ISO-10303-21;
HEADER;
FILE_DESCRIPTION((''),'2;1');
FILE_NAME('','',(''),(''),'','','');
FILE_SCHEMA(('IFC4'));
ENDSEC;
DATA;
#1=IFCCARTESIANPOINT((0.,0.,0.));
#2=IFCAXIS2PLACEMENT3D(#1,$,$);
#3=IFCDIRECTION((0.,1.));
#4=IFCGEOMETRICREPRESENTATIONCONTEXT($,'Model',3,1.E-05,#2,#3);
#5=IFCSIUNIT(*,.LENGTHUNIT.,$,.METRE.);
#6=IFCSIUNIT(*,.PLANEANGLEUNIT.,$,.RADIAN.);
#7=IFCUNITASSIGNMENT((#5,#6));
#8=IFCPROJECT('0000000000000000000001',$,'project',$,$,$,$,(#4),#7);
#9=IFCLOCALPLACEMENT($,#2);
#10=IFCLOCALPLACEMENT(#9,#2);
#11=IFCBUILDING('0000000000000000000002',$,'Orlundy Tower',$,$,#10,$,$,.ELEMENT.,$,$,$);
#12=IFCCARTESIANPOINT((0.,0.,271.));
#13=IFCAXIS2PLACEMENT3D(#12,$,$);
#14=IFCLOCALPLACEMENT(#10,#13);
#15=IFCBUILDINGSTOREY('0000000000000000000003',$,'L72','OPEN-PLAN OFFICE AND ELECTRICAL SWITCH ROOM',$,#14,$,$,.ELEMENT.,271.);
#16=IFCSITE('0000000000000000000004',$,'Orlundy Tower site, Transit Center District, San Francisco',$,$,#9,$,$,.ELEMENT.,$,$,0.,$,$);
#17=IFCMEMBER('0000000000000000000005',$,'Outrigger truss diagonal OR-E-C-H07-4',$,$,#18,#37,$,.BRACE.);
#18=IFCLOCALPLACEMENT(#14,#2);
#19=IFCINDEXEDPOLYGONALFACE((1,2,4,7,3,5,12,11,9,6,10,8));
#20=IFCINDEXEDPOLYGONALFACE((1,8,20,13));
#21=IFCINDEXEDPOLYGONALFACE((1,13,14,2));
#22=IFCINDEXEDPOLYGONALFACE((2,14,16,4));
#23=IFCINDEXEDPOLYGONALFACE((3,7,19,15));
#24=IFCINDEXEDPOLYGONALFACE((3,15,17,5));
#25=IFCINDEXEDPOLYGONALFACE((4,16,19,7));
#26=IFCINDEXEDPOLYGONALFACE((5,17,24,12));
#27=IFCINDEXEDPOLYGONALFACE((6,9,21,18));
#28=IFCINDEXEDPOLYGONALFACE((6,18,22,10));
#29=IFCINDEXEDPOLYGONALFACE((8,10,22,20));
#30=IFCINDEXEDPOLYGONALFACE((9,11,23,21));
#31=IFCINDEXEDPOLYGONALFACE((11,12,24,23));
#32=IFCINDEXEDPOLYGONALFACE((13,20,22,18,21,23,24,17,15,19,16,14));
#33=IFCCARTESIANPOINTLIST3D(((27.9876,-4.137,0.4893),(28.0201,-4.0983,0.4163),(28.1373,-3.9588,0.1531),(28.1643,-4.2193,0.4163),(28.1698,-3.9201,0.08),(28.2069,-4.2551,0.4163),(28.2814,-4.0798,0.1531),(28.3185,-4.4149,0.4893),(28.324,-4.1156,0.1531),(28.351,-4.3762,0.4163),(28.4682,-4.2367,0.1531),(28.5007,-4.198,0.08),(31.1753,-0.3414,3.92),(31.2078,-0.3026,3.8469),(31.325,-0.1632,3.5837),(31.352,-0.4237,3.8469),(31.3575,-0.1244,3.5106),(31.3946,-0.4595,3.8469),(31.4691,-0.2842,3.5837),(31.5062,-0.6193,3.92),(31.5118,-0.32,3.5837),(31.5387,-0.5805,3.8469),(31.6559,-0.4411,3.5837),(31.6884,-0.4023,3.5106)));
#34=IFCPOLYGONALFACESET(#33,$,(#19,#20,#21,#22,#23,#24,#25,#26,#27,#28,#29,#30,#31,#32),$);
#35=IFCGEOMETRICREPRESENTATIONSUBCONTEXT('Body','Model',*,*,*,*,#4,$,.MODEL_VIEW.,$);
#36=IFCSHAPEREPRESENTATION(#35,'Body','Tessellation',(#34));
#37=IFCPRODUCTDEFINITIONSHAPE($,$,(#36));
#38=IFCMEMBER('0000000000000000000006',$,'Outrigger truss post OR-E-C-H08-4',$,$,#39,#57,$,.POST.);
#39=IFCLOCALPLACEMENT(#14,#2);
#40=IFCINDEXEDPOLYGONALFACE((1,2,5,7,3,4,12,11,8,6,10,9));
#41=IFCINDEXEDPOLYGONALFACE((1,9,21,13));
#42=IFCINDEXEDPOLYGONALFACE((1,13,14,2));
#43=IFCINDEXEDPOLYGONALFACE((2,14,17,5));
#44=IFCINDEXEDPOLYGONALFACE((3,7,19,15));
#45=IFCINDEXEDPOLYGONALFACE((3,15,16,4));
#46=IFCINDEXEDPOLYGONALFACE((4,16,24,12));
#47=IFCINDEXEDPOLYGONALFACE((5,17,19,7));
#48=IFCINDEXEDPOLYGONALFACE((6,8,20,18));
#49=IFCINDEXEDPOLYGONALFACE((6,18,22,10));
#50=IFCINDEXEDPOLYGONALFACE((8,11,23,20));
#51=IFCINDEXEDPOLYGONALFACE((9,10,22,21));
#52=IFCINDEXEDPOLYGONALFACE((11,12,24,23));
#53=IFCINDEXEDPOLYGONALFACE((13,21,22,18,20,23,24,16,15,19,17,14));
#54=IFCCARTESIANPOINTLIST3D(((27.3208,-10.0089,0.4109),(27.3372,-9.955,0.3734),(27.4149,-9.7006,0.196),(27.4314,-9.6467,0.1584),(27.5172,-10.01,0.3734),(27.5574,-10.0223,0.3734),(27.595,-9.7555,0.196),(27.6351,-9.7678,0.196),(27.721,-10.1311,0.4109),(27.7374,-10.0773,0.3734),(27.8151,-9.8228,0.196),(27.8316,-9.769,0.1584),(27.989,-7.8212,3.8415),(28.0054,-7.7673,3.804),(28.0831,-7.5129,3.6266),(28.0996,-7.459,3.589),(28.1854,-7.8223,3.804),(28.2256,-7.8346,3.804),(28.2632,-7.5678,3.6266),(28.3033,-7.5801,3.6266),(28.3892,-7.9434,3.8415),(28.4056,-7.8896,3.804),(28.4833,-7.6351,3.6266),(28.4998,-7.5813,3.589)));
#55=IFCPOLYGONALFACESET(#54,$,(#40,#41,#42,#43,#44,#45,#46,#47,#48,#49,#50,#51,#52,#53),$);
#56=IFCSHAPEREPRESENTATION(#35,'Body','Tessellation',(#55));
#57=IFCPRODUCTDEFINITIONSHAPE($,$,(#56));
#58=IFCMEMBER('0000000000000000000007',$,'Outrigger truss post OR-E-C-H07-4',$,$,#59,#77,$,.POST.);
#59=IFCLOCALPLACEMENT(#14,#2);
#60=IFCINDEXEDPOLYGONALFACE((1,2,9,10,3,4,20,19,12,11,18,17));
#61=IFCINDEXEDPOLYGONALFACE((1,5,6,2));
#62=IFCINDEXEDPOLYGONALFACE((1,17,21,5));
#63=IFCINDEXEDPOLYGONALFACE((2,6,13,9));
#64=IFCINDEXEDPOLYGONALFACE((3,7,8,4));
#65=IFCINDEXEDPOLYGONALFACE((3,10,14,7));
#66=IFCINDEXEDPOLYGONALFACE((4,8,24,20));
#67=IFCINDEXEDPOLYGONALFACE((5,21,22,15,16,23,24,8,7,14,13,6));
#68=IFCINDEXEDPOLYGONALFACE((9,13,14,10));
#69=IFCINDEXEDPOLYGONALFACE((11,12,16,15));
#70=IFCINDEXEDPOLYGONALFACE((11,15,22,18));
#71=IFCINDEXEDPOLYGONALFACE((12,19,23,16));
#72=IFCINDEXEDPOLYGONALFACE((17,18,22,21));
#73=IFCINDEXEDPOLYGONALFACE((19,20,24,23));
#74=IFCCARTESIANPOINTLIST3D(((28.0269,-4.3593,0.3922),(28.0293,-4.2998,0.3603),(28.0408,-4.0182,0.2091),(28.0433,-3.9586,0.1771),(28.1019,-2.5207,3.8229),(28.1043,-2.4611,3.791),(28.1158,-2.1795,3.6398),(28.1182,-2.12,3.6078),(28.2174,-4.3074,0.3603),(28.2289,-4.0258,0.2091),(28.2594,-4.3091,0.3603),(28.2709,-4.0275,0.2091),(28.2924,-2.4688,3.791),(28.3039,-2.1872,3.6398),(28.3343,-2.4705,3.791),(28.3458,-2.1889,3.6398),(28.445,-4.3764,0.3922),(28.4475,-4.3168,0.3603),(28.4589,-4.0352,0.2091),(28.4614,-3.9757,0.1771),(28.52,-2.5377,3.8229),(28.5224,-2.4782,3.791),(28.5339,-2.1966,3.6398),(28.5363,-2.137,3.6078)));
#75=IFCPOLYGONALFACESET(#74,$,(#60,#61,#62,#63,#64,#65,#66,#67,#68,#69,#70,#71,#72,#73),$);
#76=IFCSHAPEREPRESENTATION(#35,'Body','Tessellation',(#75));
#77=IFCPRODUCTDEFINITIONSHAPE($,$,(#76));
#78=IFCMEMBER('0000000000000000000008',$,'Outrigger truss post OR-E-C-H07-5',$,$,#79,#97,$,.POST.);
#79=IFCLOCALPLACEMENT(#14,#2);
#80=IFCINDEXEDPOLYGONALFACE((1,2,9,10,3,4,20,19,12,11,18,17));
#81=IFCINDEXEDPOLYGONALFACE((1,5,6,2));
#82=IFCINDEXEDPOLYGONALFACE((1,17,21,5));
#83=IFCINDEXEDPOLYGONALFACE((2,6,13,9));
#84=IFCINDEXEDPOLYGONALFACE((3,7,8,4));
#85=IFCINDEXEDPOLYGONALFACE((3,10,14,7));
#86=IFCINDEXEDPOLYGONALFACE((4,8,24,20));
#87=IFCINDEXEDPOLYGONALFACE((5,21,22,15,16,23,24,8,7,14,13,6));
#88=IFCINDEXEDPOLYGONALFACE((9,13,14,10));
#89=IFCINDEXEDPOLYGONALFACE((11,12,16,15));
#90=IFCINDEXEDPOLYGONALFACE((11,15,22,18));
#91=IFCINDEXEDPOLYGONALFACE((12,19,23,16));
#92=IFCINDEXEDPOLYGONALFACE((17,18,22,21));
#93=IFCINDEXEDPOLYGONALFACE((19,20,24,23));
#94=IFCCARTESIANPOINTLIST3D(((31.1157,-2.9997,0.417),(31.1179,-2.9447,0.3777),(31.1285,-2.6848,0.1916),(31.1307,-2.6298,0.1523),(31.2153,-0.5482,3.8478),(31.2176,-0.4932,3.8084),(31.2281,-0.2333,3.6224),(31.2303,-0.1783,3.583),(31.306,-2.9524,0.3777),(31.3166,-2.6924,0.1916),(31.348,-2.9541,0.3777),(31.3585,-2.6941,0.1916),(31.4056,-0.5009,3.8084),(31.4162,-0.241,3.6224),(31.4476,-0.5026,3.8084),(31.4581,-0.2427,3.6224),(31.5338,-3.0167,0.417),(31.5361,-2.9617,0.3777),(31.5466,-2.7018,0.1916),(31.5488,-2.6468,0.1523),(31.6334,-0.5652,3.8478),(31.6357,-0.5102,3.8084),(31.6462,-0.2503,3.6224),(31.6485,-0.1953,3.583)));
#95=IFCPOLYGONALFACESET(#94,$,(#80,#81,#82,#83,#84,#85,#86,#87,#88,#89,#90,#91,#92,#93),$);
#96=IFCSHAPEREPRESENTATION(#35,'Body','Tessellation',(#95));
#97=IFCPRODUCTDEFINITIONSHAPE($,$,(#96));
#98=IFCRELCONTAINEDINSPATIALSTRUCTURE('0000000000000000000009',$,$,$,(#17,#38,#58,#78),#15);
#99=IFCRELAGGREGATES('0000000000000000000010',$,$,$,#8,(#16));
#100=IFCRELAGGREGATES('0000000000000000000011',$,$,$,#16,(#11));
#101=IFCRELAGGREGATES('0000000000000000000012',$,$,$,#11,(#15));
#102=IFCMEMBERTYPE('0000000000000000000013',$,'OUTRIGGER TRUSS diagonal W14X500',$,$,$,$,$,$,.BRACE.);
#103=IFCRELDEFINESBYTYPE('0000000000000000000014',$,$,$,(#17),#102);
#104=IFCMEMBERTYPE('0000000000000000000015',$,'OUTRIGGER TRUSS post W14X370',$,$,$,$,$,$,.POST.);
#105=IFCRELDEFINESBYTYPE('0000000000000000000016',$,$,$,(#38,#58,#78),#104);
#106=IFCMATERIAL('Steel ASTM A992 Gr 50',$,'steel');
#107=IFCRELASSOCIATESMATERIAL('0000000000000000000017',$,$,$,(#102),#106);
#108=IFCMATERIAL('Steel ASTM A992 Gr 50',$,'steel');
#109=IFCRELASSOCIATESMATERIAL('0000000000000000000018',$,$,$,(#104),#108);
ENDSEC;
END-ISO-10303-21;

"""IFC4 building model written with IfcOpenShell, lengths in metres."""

from ifc_helpers import new_model, si_unit, direction, frame, origin, origin_2d, place, context, subcontext, project, spatial, i_section, extrude, material, material_profile, profile_set, type_object, element, save


model = new_model("IFC4")

# Units and contexts
model_context = context("Model", 3, precision=1e-05, world=origin(), true_north=direction((0.0, 1.0)))
body_context = subcontext(model_context, "Body", "Model", "MODEL_VIEW")
ifc_project = project(units=[si_unit("LENGTHUNIT", "METRE"), si_unit("PLANEANGLEUNIT", "RADIAN")], contexts=[model_context])

# Site, building, storey
site_placement = place(None, origin())
site = spatial("IfcSite", under=ifc_project, at=site_placement, Name="Orlundy Tower site, Transit Center District, San Francisco", CompositionType="ELEMENT", RefElevation=0.0)
building_placement = place(site_placement, origin())
building = spatial("IfcBuilding", under=site, at=building_placement, Name="Orlundy Tower", CompositionType="ELEMENT")
storey_placement = place(building_placement, frame((0.0, 0.0, 271.0)))
storey = spatial("IfcBuildingStorey", under=building, at=storey_placement, Name="L72", Description="OPEN-PLAN OFFICE AND ELECTRICAL SWITCH ROOM", CompositionType="ELEMENT", Elevation=271.0)

# Members
ifc_material_1 = material(Name="Steel ASTM A992 Gr 50", Category="steel")
ifc_material_profile_1 = material_profile(ifc_material_1, i_section(OverallWidth=0.4321, OverallDepth=0.4978, WebThickness=0.0557, FlangeThickness=0.0889, at=origin_2d()), Name="W14X500")
ifc_profile_set_1 = profile_set([ifc_material_profile_1], Name="Steel ASTM A992 Gr 50")
member_type_1 = type_object("IfcMemberType", Name="OUTRIGGER TRUSS diagonal W14X500", PredefinedType="BRACE", material=ifc_profile_set_1)
member_1_placement = place(storey_placement, frame((28.2441, -4.1675, 0.2847), z_axis=(0.528813, 0.629659, 0.569111), x_axis=(-0.765765, 0.64312, 0.0)))
element("IfcMember", 1, at=member_1_placement, inside=storey, type_object=member_type_1, Name="Outrigger truss diagonal OR-E-C-H07-4", PredefinedType="BRACE", context=body_context, shape_type="SweptSolid", body=[
    extrude(i_section(OverallWidth=0.4321, OverallDepth=0.4978, WebThickness=0.0557, FlangeThickness=0.0889, at=origin_2d()), origin(), (0.0, 0.0, 1.0), 6.0281),
])
ifc_material_2 = material(Name="Steel ASTM A992 Gr 50", Category="steel")
ifc_material_profile_2 = material_profile(ifc_material_2, i_section(OverallWidth=0.4185, OverallDepth=0.4551, WebThickness=0.042, FlangeThickness=0.0676, at=origin_2d()), Name="W14X370")
ifc_profile_set_2 = profile_set([ifc_material_profile_2], Name="Steel ASTM A992 Gr 50")
member_type_2 = type_object("IfcMemberType", Name="OUTRIGGER TRUSS post W14X370", PredefinedType="POST", material=ifc_profile_set_2)
member_2_placement = place(storey_placement, frame((27.5762, -9.8889, 0.2847), z_axis=(0.162055, 0.530572, 0.832005), x_axis=(-0.956384, 0.292113, 0.0)))
element("IfcMember", 2, at=member_2_placement, inside=storey, type_object=member_type_2, Name="Outrigger truss post OR-E-C-H08-4", PredefinedType="POST", context=body_context, shape_type="SweptSolid", body=[
    extrude(i_section(OverallWidth=0.4185, OverallDepth=0.4551, WebThickness=0.042, FlangeThickness=0.0676, at=origin_2d()), origin(), (0.0, 0.0, 1.0), 4.1233),
])
member_3_placement = place(storey_placement, frame((28.2441, -4.1675, 0.2847), z_axis=(0.019253, 0.472287, 0.881235), x_axis=(-0.99917, 0.040731, 0.0)))
element("IfcMember", 3, at=member_3_placement, inside=storey, type_object=member_type_2, Name="Outrigger truss post OR-E-C-H07-4", PredefinedType="POST", context=body_context, shape_type="SweptSolid", body=[
    extrude(i_section(OverallWidth=0.4185, OverallDepth=0.4551, WebThickness=0.042, FlangeThickness=0.0676, at=origin_2d()), origin(), (0.0, 0.0, 1.0), 3.8931),
])
member_4_placement = place(storey_placement, frame((31.3323, -2.8232, 0.2847), z_axis=(0.023617, 0.581224, 0.813401), x_axis=(-0.999175, 0.0406, 0.0)))
element("IfcMember", 4, at=member_4_placement, inside=storey, type_object=member_type_2, Name="Outrigger truss post OR-E-C-H07-5", PredefinedType="POST", context=body_context, shape_type="SweptSolid", body=[
    extrude(i_section(OverallWidth=0.4185, OverallDepth=0.4551, WebThickness=0.042, FlangeThickness=0.0676, at=origin_2d()), origin(), (0.0, 0.0, 1.0), 4.2178),
])

save(model, "model.ifc")
